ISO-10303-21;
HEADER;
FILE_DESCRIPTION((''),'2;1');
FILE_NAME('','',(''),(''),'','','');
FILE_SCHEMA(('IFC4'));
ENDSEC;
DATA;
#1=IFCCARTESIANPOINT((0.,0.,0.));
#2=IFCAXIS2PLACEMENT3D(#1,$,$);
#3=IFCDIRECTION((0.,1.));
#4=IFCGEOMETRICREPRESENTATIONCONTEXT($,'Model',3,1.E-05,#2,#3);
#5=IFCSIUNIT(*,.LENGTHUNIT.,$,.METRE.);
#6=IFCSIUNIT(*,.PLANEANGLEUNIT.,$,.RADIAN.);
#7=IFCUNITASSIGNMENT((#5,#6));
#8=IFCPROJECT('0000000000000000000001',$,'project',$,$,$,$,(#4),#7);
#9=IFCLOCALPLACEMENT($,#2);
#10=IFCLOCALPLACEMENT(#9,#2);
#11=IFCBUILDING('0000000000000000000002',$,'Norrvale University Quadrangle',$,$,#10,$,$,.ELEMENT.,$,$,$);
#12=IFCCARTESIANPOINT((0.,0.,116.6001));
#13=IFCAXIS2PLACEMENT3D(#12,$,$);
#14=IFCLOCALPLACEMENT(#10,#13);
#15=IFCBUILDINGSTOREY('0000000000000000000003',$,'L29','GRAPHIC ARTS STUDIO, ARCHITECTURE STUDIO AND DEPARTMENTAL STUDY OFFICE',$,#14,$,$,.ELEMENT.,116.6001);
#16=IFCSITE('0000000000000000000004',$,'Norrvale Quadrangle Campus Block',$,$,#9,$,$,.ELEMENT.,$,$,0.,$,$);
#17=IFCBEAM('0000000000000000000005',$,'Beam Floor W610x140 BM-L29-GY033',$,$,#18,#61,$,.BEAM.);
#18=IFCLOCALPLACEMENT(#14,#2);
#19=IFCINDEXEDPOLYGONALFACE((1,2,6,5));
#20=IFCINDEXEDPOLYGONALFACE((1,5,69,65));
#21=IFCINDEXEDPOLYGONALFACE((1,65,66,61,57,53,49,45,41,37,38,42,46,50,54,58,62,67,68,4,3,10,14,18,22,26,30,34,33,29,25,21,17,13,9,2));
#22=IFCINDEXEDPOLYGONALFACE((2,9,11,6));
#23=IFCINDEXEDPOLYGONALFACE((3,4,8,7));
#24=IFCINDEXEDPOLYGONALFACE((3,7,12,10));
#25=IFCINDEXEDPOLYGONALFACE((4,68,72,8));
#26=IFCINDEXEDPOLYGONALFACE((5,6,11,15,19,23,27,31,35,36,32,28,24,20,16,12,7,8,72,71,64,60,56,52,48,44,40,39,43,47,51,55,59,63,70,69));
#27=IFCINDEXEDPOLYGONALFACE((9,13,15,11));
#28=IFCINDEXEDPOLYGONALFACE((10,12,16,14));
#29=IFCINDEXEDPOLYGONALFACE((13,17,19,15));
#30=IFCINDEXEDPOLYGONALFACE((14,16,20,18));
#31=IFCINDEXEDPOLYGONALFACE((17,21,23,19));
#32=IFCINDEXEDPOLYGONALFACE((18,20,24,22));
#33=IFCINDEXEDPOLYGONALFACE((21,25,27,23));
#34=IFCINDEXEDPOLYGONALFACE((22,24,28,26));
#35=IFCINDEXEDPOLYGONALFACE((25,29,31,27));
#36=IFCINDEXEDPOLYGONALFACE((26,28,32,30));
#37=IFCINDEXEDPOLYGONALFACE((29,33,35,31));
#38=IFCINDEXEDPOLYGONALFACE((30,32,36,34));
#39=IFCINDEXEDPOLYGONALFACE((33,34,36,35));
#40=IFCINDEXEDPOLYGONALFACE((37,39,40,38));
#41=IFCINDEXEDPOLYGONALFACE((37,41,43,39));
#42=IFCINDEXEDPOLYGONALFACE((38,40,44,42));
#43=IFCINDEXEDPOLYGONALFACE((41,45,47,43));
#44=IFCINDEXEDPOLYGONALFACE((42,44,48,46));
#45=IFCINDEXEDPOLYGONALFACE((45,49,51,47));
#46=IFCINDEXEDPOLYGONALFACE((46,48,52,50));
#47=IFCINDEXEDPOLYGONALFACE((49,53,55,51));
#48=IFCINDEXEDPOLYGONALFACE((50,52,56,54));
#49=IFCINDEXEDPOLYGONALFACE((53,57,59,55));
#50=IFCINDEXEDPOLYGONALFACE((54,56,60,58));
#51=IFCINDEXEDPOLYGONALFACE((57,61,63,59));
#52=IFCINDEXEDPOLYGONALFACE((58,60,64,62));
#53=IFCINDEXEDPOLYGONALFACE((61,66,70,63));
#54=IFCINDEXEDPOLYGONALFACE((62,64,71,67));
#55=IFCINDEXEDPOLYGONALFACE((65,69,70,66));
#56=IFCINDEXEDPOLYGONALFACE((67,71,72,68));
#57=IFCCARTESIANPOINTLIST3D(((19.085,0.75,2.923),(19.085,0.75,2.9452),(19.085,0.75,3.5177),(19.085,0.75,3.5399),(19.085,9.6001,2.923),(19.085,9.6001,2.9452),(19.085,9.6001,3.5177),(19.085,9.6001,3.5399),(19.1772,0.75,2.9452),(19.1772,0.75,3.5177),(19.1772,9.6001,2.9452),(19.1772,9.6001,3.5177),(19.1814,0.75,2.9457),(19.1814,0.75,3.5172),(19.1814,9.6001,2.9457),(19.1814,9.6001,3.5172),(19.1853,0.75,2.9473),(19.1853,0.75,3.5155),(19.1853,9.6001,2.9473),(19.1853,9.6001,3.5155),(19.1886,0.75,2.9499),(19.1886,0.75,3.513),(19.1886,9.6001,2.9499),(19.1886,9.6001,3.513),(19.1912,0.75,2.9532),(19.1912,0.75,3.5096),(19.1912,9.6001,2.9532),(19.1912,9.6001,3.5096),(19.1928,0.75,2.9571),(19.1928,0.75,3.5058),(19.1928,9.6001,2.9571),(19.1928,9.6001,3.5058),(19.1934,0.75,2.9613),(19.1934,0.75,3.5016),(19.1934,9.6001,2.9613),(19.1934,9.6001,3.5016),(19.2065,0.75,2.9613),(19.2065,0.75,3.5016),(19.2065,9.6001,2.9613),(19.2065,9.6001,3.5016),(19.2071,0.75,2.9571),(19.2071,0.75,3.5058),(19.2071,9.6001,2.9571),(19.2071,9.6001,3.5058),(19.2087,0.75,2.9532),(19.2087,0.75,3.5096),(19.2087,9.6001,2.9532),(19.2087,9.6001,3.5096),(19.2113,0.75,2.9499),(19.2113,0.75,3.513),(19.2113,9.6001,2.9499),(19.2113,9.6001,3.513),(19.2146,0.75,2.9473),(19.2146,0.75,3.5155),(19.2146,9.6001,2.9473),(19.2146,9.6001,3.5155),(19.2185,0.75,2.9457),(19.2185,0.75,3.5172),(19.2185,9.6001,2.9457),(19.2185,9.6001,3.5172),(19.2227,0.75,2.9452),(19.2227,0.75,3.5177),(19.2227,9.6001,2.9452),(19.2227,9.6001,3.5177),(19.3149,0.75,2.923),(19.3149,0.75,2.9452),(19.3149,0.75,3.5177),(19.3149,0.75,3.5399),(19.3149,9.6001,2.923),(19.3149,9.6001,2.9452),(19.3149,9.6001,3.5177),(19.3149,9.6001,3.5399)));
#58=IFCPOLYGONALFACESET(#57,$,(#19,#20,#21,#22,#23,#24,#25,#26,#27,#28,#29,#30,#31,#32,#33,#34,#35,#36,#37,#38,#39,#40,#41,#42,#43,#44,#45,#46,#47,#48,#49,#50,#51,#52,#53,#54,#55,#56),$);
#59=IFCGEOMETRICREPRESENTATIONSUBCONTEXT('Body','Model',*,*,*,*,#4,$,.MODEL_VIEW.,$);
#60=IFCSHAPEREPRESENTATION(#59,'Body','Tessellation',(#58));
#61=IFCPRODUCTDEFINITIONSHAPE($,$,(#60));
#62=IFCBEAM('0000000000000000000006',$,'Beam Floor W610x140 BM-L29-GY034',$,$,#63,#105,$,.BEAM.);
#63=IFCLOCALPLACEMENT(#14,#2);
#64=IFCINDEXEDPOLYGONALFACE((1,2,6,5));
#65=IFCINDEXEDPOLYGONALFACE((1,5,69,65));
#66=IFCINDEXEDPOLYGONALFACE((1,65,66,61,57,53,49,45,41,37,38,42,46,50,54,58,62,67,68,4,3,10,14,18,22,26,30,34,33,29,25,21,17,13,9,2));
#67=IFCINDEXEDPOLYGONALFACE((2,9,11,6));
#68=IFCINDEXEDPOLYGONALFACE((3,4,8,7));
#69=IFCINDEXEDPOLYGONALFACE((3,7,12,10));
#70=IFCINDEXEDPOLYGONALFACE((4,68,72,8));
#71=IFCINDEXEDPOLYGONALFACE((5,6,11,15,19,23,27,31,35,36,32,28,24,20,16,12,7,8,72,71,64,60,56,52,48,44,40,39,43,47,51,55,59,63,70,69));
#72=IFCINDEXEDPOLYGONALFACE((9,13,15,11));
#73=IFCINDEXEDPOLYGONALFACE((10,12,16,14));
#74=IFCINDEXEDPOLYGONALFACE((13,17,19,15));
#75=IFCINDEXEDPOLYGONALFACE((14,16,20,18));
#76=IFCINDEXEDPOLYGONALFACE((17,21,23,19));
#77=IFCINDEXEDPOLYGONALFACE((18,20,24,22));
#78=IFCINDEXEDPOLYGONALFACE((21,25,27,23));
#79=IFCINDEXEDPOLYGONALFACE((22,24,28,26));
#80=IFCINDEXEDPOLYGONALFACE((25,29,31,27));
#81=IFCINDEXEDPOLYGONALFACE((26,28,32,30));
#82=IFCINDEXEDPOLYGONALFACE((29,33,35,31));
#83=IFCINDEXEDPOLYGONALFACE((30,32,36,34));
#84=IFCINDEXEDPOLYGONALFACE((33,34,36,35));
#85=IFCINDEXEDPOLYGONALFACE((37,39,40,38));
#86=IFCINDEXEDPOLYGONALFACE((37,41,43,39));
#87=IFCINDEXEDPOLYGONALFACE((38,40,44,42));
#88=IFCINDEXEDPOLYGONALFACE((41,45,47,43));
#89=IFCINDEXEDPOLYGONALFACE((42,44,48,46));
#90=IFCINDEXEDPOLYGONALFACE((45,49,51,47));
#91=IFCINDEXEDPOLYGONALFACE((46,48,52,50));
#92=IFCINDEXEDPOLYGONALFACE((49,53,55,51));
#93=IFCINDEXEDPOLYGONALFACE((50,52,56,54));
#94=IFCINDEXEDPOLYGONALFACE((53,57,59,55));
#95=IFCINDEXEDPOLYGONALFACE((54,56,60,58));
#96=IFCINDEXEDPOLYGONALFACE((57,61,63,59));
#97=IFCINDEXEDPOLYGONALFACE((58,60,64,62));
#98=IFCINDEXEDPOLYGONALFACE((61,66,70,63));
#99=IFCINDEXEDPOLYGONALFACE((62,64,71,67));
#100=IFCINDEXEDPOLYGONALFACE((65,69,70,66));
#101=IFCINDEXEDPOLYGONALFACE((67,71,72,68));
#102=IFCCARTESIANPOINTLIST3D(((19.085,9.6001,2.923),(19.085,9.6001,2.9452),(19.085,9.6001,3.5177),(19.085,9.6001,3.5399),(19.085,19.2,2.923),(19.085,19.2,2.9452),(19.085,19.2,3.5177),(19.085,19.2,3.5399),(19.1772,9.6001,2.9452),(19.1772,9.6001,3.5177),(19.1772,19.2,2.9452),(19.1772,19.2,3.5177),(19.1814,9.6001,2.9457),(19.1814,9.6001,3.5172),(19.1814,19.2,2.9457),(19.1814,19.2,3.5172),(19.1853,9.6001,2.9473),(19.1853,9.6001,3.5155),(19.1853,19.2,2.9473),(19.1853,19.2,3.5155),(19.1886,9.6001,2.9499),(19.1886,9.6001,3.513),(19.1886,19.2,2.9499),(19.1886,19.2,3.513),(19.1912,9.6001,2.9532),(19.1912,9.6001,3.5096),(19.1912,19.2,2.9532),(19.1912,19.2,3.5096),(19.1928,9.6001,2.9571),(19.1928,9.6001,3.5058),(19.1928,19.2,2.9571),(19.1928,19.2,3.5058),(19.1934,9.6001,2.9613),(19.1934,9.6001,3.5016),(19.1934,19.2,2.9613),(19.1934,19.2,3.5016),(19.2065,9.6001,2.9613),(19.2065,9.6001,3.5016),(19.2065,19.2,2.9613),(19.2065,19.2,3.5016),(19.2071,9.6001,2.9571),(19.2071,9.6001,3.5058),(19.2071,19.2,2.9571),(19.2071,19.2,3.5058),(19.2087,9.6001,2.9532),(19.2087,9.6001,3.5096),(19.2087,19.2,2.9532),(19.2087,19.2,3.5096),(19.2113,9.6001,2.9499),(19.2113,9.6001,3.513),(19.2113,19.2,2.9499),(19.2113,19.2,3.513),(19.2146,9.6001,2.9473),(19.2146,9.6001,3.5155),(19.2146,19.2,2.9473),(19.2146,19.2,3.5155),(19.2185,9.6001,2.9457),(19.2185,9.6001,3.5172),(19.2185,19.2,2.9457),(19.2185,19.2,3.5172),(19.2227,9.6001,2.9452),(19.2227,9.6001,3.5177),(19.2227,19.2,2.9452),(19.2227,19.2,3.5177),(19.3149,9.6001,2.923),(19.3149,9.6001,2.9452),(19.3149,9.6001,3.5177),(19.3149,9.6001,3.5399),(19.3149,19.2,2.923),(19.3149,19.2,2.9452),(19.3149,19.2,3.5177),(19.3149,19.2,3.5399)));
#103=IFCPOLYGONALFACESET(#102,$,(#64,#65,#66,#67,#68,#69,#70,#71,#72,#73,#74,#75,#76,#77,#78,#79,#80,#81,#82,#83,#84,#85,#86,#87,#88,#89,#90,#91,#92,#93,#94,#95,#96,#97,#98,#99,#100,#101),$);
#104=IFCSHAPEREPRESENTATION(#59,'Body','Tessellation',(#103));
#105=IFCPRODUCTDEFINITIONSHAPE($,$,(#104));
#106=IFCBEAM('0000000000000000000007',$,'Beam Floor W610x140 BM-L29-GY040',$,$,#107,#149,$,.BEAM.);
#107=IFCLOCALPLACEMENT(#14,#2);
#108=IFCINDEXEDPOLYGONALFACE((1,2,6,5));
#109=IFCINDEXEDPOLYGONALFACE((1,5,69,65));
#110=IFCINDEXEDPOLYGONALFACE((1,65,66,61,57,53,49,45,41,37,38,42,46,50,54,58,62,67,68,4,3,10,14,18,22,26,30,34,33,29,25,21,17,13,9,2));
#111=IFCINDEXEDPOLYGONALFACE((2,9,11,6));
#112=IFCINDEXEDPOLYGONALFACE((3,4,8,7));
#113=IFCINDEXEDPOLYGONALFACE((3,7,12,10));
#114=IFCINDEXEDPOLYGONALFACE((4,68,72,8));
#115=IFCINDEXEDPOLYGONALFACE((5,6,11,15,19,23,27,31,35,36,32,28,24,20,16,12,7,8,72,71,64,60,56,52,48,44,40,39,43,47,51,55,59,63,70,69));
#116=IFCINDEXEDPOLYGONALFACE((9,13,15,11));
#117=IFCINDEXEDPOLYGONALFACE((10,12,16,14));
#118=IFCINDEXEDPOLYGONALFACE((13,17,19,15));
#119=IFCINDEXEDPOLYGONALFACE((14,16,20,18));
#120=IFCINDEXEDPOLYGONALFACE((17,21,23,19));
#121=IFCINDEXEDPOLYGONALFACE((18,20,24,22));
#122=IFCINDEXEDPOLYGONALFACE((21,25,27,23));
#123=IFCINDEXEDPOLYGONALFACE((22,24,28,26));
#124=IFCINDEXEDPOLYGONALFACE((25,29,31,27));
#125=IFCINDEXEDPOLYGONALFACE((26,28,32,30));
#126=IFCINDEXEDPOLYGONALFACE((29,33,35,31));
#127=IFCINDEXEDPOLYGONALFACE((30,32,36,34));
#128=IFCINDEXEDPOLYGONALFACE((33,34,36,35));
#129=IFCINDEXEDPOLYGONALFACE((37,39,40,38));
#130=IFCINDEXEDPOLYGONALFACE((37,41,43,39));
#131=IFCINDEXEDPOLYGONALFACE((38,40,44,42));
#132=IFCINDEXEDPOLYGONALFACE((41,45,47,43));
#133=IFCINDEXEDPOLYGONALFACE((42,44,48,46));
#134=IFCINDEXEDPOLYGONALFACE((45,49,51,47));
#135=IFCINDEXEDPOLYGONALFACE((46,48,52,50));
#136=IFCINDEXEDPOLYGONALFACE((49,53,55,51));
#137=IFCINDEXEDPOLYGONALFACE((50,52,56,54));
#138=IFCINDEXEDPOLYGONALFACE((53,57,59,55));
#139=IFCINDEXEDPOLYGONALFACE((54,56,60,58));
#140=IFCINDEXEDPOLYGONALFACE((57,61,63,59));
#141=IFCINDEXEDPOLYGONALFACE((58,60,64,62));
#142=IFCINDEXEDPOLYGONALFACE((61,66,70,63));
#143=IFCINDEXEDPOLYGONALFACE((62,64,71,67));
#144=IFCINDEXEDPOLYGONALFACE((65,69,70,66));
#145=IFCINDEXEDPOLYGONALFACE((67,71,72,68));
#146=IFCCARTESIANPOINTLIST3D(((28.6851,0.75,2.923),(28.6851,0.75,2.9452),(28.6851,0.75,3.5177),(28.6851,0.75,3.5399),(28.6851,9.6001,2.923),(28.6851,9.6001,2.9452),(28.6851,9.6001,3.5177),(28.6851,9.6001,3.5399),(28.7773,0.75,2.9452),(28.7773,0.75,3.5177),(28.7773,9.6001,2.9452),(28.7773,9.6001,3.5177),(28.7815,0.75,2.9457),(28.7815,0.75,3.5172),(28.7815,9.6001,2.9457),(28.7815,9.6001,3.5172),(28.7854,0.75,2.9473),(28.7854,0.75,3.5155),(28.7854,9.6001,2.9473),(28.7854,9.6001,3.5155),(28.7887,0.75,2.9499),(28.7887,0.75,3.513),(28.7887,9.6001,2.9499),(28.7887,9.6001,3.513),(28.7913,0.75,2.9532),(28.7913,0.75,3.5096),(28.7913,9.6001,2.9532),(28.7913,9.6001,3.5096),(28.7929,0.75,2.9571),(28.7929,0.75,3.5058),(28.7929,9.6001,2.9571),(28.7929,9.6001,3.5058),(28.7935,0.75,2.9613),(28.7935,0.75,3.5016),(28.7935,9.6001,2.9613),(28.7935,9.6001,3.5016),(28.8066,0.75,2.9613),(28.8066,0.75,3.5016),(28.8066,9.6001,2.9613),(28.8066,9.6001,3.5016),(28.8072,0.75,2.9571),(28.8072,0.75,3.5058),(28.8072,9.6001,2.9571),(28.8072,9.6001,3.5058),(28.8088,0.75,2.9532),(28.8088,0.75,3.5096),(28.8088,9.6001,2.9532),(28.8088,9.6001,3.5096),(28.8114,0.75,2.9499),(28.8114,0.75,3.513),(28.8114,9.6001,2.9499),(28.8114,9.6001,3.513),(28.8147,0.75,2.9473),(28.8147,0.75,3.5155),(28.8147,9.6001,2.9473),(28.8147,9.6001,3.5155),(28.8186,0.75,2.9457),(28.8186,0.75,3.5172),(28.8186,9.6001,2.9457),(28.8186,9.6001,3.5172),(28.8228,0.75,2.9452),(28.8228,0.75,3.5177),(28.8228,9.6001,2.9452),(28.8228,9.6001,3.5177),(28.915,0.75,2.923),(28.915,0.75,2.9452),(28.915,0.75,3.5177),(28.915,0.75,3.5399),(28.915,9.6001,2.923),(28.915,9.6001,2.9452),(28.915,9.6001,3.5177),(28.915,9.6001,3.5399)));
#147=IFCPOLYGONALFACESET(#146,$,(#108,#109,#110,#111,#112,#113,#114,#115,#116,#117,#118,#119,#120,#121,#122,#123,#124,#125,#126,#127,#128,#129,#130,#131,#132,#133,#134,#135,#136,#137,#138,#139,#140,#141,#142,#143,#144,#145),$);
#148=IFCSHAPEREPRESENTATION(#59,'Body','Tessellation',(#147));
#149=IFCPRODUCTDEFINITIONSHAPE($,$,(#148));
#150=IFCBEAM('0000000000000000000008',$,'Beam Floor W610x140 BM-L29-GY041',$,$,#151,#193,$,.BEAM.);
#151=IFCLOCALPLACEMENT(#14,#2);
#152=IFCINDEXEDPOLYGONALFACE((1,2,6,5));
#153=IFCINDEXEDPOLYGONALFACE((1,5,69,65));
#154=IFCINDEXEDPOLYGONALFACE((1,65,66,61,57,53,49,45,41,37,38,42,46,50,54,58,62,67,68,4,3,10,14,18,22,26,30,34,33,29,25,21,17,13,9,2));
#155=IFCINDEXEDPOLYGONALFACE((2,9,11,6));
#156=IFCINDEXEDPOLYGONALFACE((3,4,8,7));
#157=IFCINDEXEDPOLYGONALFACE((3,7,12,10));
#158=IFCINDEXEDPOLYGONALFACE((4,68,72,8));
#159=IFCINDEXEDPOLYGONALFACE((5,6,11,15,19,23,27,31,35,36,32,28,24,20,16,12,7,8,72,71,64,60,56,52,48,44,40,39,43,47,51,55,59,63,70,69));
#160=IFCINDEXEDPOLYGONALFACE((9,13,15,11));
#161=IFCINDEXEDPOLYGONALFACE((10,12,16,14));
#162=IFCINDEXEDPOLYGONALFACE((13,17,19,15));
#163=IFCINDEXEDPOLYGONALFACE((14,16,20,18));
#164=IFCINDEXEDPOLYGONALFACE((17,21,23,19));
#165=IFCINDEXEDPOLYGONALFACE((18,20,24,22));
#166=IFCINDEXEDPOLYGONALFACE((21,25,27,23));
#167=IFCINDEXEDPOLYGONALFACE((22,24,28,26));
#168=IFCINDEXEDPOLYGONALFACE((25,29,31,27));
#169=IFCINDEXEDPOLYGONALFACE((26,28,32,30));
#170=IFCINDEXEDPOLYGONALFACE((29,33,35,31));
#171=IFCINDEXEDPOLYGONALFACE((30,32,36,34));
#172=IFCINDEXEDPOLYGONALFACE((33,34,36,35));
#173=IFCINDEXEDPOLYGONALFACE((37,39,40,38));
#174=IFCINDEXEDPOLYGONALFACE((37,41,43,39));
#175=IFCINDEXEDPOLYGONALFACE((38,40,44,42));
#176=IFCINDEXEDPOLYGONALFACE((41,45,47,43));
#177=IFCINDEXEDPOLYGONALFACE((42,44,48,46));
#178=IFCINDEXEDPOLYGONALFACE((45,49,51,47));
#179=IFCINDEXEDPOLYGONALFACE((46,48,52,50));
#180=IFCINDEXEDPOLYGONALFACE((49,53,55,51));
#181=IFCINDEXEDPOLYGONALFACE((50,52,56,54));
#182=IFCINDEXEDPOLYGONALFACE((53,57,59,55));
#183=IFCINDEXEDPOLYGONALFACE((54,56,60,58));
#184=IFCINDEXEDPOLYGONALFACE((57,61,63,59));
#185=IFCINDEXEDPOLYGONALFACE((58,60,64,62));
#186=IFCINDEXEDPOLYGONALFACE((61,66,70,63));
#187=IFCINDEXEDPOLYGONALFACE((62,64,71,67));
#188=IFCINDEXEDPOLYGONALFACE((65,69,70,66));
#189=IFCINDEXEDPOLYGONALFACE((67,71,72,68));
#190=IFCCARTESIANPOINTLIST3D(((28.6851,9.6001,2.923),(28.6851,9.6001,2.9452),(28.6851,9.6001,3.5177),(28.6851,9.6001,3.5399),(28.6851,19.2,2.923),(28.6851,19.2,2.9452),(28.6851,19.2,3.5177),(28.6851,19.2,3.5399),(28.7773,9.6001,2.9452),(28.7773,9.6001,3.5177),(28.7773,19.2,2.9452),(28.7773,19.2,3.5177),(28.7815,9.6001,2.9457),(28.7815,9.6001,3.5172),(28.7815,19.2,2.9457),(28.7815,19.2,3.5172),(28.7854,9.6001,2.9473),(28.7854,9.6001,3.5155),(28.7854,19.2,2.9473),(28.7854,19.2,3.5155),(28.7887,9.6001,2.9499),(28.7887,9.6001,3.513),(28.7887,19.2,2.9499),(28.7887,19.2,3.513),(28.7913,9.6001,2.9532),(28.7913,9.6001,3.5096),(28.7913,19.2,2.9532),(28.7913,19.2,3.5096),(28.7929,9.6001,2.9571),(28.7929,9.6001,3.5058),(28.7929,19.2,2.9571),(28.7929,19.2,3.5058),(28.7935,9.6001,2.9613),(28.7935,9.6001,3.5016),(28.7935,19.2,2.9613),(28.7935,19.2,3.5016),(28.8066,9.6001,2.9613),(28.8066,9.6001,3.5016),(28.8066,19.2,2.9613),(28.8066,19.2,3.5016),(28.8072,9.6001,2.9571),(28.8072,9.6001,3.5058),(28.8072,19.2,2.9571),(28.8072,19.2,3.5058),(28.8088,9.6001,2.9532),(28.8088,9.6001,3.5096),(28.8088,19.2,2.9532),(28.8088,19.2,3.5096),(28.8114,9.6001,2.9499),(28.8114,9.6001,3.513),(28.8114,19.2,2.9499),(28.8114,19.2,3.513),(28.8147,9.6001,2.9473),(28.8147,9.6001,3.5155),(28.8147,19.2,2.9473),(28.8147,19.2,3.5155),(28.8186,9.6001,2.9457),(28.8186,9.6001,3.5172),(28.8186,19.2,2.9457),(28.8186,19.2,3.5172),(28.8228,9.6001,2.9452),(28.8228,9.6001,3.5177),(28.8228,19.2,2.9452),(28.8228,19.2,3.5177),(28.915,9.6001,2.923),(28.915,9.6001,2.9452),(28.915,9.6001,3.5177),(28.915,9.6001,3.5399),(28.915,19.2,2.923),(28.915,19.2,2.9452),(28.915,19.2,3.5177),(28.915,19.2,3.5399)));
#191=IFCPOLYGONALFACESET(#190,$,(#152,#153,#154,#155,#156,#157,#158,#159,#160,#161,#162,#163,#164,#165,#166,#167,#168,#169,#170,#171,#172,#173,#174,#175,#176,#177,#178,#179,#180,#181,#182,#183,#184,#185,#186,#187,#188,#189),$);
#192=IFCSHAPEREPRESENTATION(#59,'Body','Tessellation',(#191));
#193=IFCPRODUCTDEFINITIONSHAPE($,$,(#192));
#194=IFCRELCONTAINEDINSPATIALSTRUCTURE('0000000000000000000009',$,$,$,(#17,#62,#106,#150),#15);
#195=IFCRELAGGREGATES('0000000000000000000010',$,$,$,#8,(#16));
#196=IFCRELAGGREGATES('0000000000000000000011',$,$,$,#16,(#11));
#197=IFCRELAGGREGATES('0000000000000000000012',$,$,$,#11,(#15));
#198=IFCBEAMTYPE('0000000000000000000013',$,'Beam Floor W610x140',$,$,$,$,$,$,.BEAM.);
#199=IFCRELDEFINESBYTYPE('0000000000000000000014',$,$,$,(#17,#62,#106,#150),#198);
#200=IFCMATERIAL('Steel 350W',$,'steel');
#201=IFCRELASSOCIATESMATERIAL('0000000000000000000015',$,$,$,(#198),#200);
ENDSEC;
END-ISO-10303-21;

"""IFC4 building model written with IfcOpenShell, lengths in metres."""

from ifc_helpers import new_model, si_unit, direction, frame, origin, origin_2d, place, context, subcontext, project, spatial, i_section, extrude, material, material_profile, profile_set, type_object, element, save


model = new_model("IFC4")

# Units and contexts
model_context = context("Model", 3, precision=1e-05, world=origin(), true_north=direction((0.0, 1.0)))
body_context = subcontext(model_context, "Body", "Model", "MODEL_VIEW")
ifc_project = project(units=[si_unit("LENGTHUNIT", "METRE"), si_unit("PLANEANGLEUNIT", "RADIAN")], contexts=[model_context])

# Site, building, storey
site_placement = place(None, origin())
site = spatial("IfcSite", under=ifc_project, at=site_placement, Name="Norrvale Quadrangle Campus Block", CompositionType="ELEMENT", RefElevation=0.0)
building_placement = place(site_placement, origin())
building = spatial("IfcBuilding", under=site, at=building_placement, Name="Norrvale University Quadrangle", CompositionType="ELEMENT")
storey_placement = place(building_placement, frame((0.0, 0.0, 116.6001)))
storey = spatial("IfcBuildingStorey", under=building, at=storey_placement, Name="L29", Description="GRAPHIC ARTS STUDIO, ARCHITECTURE STUDIO AND DEPARTMENTAL STUDY OFFICE", CompositionType="ELEMENT", Elevation=116.6001)

# Beams
ifc_material_1 = material(Name="Steel 350W", Category="steel")
ifc_material_profile_1 = material_profile(ifc_material_1, i_section(OverallWidth=0.23, OverallDepth=0.6169, WebThickness=0.0132, FlangeThickness=0.0222, FilletRadius=0.0161, at=origin_2d()), Name="Steel 350W")
ifc_profile_set_1 = profile_set([ifc_material_profile_1], Name="Steel 350W")
beam_type_1 = type_object("IfcBeamType", Name="Beam Floor W610x140", PredefinedType="BEAM", material=ifc_profile_set_1)
beam_1_placement = place(storey_placement, frame((19.2, 0.75, 3.2314), z_axis=(0.0, 1.0, 0.0), x_axis=(-1.0, 0.0, 0.0)))
element("IfcBeam", 1, at=beam_1_placement, inside=storey, type_object=beam_type_1, Name="Beam Floor W610x140 BM-L29-GY033", PredefinedType="BEAM", context=body_context, shape_type="SweptSolid", body=[
    extrude(i_section(OverallWidth=0.23, OverallDepth=0.6169, WebThickness=0.0132, FlangeThickness=0.0222, FilletRadius=0.0161, at=origin_2d()), origin(), (0.0, 0.0, 1.0), 8.8501),
])
beam_2_placement = place(storey_placement, frame((19.2, 9.6001, 3.2314), z_axis=(0.0, 1.0, 0.0), x_axis=(-1.0, 0.0, 0.0)))
element("IfcBeam", 2, at=beam_2_placement, inside=storey, type_object=beam_type_1, Name="Beam Floor W610x140 BM-L29-GY034", PredefinedType="BEAM", context=body_context, shape_type="SweptSolid", body=[
    extrude(i_section(OverallWidth=0.23, OverallDepth=0.6169, WebThickness=0.0132, FlangeThickness=0.0222, FilletRadius=0.0161, at=origin_2d()), origin(), (0.0, 0.0, 1.0), 9.5999),
])
beam_3_placement = place(storey_placement, frame((28.8, 0.75, 3.2314), z_axis=(0.0, 1.0, 0.0), x_axis=(-1.0, 0.0, 0.0)))
element("IfcBeam", 3, at=beam_3_placement, inside=storey, type_object=beam_type_1, Name="Beam Floor W610x140 BM-L29-GY040", PredefinedType="BEAM", context=body_context, shape_type="SweptSolid", body=[
    extrude(i_section(OverallWidth=0.23, OverallDepth=0.6169, WebThickness=0.0132, FlangeThickness=0.0222, FilletRadius=0.0161, at=origin_2d()), origin(), (0.0, 0.0, 1.0), 8.8501),
])
beam_4_placement = place(storey_placement, frame((28.8, 9.6001, 3.2314), z_axis=(0.0, 1.0, 0.0), x_axis=(-1.0, 0.0, 0.0)))
element("IfcBeam", 4, at=beam_4_placement, inside=storey, type_object=beam_type_1, Name="Beam Floor W610x140 BM-L29-GY041", PredefinedType="BEAM", context=body_context, shape_type="SweptSolid", body=[
    extrude(i_section(OverallWidth=0.23, OverallDepth=0.6169, WebThickness=0.0132, FlangeThickness=0.0222, FilletRadius=0.0161, at=origin_2d()), origin(), (0.0, 0.0, 1.0), 9.5999),
])

save(model, "model.ifc")
